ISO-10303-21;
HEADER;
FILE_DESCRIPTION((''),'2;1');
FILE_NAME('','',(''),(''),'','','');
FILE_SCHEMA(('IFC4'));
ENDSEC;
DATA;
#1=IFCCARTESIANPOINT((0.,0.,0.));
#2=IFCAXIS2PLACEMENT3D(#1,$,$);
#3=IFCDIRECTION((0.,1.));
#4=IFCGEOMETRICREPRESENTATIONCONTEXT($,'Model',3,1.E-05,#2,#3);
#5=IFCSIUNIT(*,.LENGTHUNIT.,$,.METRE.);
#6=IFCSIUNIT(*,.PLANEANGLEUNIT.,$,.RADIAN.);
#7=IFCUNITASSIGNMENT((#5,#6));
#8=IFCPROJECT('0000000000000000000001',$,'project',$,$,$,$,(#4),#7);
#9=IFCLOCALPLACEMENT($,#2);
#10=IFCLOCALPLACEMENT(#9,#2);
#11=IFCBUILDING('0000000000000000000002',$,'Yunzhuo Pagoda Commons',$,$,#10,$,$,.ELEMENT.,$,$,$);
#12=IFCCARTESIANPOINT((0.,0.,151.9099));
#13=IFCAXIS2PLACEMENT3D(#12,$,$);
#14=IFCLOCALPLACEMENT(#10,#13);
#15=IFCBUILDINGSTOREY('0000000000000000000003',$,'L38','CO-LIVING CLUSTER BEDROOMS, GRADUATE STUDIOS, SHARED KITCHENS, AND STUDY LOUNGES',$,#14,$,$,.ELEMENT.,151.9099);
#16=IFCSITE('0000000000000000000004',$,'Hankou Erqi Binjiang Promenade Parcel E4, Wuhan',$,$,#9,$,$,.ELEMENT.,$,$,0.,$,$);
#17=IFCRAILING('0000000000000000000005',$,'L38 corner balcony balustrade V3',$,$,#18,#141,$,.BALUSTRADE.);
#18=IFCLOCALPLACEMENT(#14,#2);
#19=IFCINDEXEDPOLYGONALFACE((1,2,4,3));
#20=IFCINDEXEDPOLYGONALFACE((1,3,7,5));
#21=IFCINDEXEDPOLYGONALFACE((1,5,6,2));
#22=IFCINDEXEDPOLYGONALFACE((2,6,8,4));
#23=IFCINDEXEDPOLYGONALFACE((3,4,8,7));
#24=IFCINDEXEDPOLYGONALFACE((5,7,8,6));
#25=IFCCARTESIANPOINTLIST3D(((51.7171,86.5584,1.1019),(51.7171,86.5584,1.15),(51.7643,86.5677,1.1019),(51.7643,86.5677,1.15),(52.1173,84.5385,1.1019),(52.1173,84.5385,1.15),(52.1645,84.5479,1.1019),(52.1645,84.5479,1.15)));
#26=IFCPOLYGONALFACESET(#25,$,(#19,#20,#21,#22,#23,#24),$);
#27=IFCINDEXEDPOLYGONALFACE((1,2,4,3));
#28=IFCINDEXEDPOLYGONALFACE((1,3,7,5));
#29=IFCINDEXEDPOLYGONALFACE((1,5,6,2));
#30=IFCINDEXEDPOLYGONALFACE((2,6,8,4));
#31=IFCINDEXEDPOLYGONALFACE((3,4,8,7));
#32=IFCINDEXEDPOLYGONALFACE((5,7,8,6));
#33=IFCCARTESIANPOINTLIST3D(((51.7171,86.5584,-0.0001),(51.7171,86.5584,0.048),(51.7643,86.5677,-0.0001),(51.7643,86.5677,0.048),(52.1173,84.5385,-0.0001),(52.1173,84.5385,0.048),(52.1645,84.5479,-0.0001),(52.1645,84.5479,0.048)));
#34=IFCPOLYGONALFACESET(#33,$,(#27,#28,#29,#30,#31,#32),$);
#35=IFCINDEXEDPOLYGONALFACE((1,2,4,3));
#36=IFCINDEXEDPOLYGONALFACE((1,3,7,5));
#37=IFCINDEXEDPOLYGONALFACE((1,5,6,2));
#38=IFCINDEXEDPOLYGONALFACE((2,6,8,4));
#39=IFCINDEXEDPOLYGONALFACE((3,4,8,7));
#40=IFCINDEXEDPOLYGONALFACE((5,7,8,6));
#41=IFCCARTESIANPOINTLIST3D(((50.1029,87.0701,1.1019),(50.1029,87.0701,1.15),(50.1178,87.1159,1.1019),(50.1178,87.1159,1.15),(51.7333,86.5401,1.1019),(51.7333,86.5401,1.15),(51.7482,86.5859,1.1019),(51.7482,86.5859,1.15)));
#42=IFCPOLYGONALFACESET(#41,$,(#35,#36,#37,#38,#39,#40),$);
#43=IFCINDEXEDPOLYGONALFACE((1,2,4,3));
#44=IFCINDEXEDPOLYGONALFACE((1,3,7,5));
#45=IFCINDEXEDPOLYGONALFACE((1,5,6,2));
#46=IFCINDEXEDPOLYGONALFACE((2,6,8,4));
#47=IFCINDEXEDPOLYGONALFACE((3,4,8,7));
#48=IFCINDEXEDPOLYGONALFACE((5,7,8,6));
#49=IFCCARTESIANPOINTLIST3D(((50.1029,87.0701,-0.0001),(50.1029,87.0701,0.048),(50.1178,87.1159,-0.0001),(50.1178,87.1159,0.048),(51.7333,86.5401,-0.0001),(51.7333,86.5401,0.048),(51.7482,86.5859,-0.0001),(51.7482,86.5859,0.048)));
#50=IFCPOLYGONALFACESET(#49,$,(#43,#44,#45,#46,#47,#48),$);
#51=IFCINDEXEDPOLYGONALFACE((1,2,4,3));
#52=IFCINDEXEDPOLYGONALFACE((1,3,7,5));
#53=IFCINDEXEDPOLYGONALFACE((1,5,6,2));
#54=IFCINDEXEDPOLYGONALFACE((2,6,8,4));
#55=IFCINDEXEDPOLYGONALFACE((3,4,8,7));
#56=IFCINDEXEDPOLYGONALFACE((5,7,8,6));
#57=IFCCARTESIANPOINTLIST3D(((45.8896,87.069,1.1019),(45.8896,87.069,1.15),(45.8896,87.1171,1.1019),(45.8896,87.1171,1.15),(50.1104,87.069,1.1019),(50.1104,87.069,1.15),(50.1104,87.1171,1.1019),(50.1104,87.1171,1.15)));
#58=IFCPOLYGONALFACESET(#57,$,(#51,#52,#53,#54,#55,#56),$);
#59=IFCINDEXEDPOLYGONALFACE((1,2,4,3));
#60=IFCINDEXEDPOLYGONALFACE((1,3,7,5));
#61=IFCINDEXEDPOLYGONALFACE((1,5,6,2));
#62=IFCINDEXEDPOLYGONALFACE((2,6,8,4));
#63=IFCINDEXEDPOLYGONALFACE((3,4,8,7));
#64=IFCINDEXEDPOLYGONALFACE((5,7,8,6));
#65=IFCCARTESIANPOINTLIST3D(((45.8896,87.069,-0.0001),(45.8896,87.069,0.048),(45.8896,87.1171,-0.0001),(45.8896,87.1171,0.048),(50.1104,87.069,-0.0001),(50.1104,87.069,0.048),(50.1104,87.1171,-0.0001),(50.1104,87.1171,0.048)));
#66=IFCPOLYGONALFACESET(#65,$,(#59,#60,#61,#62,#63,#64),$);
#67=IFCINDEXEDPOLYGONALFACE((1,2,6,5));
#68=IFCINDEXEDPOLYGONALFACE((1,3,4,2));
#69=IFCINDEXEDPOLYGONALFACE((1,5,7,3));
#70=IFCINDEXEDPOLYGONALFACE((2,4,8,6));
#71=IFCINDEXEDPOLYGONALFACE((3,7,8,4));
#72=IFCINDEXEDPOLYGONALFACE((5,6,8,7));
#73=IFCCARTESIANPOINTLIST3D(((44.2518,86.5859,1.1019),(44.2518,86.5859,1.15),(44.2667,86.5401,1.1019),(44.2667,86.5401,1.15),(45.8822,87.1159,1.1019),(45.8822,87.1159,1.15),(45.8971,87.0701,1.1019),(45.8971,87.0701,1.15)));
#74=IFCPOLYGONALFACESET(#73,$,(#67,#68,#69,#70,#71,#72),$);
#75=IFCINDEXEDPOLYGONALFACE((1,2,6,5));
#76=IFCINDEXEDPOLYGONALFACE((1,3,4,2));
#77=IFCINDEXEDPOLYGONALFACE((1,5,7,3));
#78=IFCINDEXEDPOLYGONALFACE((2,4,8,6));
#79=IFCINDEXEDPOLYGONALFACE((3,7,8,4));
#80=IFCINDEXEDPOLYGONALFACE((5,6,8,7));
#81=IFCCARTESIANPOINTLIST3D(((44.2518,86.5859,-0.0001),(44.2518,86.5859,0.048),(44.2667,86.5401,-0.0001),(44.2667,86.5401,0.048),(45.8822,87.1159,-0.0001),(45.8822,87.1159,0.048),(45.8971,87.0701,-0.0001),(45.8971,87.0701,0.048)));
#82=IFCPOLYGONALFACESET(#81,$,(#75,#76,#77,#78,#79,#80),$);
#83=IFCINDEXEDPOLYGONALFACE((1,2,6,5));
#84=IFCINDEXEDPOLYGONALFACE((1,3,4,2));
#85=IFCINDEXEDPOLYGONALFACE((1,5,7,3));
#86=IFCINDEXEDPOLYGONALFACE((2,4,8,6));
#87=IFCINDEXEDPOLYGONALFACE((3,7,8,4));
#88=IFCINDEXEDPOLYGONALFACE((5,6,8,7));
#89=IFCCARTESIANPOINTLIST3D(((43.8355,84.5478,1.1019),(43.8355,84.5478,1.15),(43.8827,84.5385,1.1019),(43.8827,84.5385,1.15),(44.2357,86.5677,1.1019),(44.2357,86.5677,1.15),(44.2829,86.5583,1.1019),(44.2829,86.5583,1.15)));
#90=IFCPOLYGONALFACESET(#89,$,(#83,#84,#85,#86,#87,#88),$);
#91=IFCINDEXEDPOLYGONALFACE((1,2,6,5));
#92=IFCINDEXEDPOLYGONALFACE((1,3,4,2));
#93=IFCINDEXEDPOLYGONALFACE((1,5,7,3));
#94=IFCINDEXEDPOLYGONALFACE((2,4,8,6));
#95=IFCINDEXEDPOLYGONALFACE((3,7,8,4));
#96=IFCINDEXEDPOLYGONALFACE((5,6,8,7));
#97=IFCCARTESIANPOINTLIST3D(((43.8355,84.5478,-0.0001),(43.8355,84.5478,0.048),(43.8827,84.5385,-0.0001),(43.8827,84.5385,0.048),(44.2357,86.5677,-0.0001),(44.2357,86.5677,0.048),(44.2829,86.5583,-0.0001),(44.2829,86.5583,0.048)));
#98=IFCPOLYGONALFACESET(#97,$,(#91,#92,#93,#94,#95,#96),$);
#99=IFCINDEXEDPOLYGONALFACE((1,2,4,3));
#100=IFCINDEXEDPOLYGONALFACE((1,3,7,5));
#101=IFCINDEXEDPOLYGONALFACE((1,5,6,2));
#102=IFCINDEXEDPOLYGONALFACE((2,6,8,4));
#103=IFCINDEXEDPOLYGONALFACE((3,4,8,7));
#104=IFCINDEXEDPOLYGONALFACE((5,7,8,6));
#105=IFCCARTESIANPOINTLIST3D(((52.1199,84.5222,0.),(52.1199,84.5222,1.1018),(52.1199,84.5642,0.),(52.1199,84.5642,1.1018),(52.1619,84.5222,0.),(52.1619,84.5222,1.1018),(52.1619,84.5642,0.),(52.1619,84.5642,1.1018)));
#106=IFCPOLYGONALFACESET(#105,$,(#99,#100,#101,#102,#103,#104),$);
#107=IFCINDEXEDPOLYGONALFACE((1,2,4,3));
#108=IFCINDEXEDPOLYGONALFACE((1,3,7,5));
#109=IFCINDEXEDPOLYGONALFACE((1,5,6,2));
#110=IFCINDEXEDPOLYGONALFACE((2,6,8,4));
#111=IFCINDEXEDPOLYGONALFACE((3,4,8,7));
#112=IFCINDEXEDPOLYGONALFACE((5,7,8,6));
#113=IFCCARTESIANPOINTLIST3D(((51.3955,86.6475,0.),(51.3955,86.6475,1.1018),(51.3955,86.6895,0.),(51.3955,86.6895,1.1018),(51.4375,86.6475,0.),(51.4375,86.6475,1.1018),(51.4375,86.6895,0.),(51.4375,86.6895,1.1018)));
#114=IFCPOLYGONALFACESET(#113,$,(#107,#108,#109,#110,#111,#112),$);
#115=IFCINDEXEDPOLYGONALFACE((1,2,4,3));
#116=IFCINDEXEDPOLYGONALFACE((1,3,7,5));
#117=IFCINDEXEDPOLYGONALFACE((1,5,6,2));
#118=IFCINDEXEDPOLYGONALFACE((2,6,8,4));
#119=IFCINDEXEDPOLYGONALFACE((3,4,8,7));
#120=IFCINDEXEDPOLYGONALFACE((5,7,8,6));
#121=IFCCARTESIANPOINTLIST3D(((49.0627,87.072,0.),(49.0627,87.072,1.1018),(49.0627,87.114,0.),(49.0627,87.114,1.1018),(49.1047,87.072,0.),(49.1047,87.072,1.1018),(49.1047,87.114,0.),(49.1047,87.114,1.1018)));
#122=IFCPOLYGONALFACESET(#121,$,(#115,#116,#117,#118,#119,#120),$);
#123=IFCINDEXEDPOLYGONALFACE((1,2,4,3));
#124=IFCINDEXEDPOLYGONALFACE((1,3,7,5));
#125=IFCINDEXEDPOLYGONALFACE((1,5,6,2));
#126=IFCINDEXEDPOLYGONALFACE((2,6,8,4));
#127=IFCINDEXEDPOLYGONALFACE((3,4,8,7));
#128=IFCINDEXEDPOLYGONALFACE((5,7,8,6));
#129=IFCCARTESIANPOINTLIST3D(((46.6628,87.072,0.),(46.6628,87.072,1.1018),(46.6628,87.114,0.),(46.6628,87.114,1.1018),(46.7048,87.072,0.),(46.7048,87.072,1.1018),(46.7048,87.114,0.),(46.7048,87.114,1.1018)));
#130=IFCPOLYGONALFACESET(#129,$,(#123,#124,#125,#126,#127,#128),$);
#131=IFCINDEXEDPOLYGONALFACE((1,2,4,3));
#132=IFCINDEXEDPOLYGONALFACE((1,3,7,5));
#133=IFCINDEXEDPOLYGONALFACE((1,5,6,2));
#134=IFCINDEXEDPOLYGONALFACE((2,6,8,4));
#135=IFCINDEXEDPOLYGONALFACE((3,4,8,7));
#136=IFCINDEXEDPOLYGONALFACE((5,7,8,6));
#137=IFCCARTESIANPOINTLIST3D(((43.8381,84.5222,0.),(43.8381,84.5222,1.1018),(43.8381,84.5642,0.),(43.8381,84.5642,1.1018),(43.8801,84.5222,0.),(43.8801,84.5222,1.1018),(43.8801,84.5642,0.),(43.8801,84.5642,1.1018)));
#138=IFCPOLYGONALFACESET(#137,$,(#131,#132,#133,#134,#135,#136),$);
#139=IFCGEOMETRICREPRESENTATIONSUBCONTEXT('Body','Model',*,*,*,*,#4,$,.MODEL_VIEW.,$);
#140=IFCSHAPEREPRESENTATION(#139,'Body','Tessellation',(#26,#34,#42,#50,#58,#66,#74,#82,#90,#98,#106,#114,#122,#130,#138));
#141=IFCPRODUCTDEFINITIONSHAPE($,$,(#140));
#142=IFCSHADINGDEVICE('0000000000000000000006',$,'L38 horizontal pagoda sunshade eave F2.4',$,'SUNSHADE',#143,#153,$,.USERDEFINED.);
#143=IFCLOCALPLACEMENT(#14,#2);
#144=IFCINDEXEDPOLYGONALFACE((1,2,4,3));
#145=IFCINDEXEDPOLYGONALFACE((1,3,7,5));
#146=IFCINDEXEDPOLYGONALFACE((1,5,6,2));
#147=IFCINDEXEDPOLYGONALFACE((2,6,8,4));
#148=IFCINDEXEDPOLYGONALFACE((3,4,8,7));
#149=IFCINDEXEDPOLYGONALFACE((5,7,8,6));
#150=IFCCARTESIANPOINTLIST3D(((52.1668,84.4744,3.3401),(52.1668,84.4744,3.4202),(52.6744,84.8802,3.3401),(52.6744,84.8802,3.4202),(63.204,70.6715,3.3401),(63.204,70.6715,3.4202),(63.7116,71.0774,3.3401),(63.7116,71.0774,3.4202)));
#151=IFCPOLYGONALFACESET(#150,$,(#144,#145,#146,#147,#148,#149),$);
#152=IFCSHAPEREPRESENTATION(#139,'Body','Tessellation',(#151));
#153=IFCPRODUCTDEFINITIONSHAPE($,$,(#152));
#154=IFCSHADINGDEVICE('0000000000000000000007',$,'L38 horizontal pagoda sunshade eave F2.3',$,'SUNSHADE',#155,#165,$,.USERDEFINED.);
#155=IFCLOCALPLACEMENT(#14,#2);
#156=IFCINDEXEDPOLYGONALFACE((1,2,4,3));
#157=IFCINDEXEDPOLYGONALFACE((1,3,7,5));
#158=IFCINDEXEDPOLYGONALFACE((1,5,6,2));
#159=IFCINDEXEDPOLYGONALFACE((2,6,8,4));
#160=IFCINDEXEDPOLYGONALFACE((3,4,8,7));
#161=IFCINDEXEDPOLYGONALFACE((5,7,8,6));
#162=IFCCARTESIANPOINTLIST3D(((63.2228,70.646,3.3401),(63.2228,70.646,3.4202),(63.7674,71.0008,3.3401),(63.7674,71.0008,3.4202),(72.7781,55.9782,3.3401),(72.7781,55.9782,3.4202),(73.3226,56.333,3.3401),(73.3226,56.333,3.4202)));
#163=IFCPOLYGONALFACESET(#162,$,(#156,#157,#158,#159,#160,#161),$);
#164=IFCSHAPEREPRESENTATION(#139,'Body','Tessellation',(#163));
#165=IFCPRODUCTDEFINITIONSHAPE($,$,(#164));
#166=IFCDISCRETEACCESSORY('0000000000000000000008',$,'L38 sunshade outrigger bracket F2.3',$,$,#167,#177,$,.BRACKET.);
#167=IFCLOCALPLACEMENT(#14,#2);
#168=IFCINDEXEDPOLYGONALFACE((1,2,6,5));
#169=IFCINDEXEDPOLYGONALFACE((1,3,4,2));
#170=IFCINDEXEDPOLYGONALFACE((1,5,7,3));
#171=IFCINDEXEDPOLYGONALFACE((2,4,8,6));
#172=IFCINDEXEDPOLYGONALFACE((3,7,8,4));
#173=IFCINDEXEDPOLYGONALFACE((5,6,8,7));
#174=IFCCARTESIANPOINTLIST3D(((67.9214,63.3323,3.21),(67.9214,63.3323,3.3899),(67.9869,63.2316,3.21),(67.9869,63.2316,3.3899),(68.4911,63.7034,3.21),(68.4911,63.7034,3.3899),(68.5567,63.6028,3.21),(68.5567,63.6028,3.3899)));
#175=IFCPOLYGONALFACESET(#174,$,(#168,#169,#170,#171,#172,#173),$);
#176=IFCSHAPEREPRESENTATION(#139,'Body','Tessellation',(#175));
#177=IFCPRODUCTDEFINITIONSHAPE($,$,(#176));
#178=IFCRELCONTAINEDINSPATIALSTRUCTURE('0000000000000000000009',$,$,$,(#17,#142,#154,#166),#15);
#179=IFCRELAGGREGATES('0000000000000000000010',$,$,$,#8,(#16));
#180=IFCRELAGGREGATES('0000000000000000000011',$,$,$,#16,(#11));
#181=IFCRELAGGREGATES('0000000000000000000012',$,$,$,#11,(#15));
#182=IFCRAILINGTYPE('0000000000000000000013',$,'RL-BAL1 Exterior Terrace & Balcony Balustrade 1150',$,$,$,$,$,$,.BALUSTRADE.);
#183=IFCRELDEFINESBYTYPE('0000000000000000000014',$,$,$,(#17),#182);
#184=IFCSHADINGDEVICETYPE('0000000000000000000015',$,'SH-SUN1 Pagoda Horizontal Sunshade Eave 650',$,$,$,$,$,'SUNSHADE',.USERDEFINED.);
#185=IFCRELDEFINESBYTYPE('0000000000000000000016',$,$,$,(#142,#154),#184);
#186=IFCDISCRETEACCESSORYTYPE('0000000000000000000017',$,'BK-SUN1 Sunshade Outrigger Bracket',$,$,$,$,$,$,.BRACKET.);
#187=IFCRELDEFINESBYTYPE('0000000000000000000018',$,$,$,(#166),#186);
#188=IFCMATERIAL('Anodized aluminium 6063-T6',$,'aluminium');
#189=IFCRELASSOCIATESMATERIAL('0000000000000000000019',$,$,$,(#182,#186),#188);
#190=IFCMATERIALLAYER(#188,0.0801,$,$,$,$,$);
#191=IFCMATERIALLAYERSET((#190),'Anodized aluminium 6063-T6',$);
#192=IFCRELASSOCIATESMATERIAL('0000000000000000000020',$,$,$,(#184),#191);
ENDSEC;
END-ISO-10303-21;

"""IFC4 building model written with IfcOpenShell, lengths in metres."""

from ifc_helpers import new_model, si_unit, direction, frame, origin, origin_2d, place, context, subcontext, project, spatial, rectangle, extrude, source, transform, mapped, material, layer, layer_set, type_object, element, save


model = new_model("IFC4")

# Units and contexts
model_context = context("Model", 3, precision=1e-05, world=origin(), true_north=direction((0.0, 1.0)))
body_context = subcontext(model_context, "Body", "Model", "MODEL_VIEW")
ifc_project = project(units=[si_unit("LENGTHUNIT", "METRE"), si_unit("PLANEANGLEUNIT", "RADIAN")], contexts=[model_context])

# Site, building, storey
site_placement = place(None, origin())
site = spatial("IfcSite", under=ifc_project, at=site_placement, Name="Hankou Erqi Binjiang Promenade Parcel E4, Wuhan", CompositionType="ELEMENT", RefElevation=0.0)
building_placement = place(site_placement, origin())
building = spatial("IfcBuilding", under=site, at=building_placement, Name="Yunzhuo Pagoda Commons", CompositionType="ELEMENT")
storey_placement = place(building_placement, frame((0.0, 0.0, 151.9099)))
storey = spatial("IfcBuildingStorey", under=building, at=storey_placement, Name="L38", Description="CO-LIVING CLUSTER BEDROOMS, GRADUATE STUDIOS, SHARED KITCHENS, AND STUDY LOUNGES", CompositionType="ELEMENT", Elevation=151.9099)

# Shared definitions
ifc_material_1 = material(Name="Anodized aluminium 6063-T6", Category="aluminium")

# Railing
railing_type_1 = type_object("IfcRailingType", Name="RL-BAL1 Exterior Terrace & Balcony Balustrade 1150", PredefinedType="BALUSTRADE", material=ifc_material_1)
railing_1_placement = place(storey_placement, frame((52.1409, 84.5432, 0.0)))
element("IfcRailing", 1, at=railing_1_placement, inside=storey, type_object=railing_type_1, Name="L38 corner balcony balustrade V3", PredefinedType="BALUSTRADE", context=body_context, shape_type="SweptSolid", body=[
    extrude(rectangle(XDim=0.0481, YDim=0.0481, at=origin_2d()), frame((0.0, 0.0, 1.126), z_axis=(-0.194337, 0.980935, 0.0), x_axis=(-0.980935, -0.194337, 0.0)), (0.0, 0.0, 1.0), 2.0591),
    extrude(rectangle(XDim=0.0481, YDim=0.0481, at=origin_2d()), frame((0.0, 0.0, 0.0239), z_axis=(-0.194337, 0.980935, 0.0), x_axis=(-0.980935, -0.194337, 0.0)), (0.0, 0.0, 1.0), 2.0591),
    extrude(rectangle(XDim=0.0481, YDim=0.0481, at=origin_2d()), frame((-0.4001, 2.0198, 1.126), z_axis=(-0.951007, 0.30917, 0.0), x_axis=(-0.30917, -0.951007, 0.0)), (0.0, 0.0, 1.0), 1.7144),
    extrude(rectangle(XDim=0.0481, YDim=0.0481, at=origin_2d()), frame((-0.4001, 2.0198, 0.0239), z_axis=(-0.951007, 0.30917, 0.0), x_axis=(-0.30917, -0.951007, 0.0)), (0.0, 0.0, 1.0), 1.7144),
    extrude(rectangle(XDim=0.0481, YDim=0.0481, at=origin_2d()), frame((-2.0305, 2.5498, 1.126), z_axis=(-1.0, 0.0, 0.0), x_axis=(0.0, -1.0, 0.0)), (0.0, 0.0, 1.0), 4.2207),
    extrude(rectangle(XDim=0.0481, YDim=0.0481, at=origin_2d()), frame((-2.0305, 2.5498, 0.0239), z_axis=(-1.0, 0.0, 0.0), x_axis=(0.0, -1.0, 0.0)), (0.0, 0.0, 1.0), 4.2207),
    extrude(rectangle(XDim=0.0481, YDim=0.0481, at=origin_2d()), frame((-6.2512, 2.5498, 1.126), z_axis=(-0.951007, -0.30917, 0.0), x_axis=(0.30917, -0.951007, 0.0)), (0.0, 0.0, 1.0), 1.7144),
    extrude(rectangle(XDim=0.0481, YDim=0.0481, at=origin_2d()), frame((-6.2512, 2.5498, 0.0239), z_axis=(-0.951007, -0.30917, 0.0), x_axis=(0.30917, -0.951007, 0.0)), (0.0, 0.0, 1.0), 1.7144),
    extrude(rectangle(XDim=0.0481, YDim=0.0481, at=origin_2d()), frame((-7.8816, 2.0198, 1.126), z_axis=(-0.194337, -0.980935, 0.0), x_axis=(0.980935, -0.194337, 0.0)), (0.0, 0.0, 1.0), 2.0591),
    extrude(rectangle(XDim=0.0481, YDim=0.0481, at=origin_2d()), frame((-7.8816, 2.0198, 0.0239), z_axis=(-0.194337, -0.980935, 0.0), x_axis=(0.980935, -0.194337, 0.0)), (0.0, 0.0, 1.0), 2.0591),
    extrude(rectangle(XDim=0.042, YDim=0.042, at=origin_2d()), origin(), (0.0, 0.0, 1.0), 1.1018),
    extrude(rectangle(XDim=0.042, YDim=0.042, at=origin_2d()), frame((-0.7244, 2.1252, 0.0)), (0.0, 0.0, 1.0), 1.1018),
    extrude(rectangle(XDim=0.042, YDim=0.042, at=origin_2d()), frame((-3.0571, 2.5498, 0.0)), (0.0, 0.0, 1.0), 1.1018),
    extrude(rectangle(XDim=0.042, YDim=0.042, at=origin_2d()), frame((-5.457, 2.5498, 0.0)), (0.0, 0.0, 1.0), 1.1018),
    extrude(rectangle(XDim=0.042, YDim=0.042, at=origin_2d()), frame((-8.2817, 0.0, 0.0)), (0.0, 0.0, 1.0), 1.1018),
])

# Shading devices
ifc_layer_1 = layer(ifc_material_1, 0.0801)
ifc_layer_set_1 = layer_set([ifc_layer_1], Name="Anodized aluminium 6063-T6")
shading_device_type = type_object("IfcShadingDeviceType", Name="SH-SUN1 Pagoda Horizontal Sunshade Eave 650", ElementType="SUNSHADE", PredefinedType="USERDEFINED", material=ifc_layer_set_1)
shared_shape_1 = source(origin(), body_context, "Body", "SweptSolid", [
    extrude(rectangle(XDim=17.6731, YDim=0.6499, at=origin_2d()), origin(), (0.0, 0.0, 1.0), 0.0801),
])
shading_device_1_placement = place(storey_placement, frame((57.9392, 77.7759, 3.3401), z_axis=(0.0, 0.0, 1.0), x_axis=(-0.62452, 0.781008, 0.0)))
element("IfcShadingDevice", 2, at=shading_device_1_placement, inside=storey, type_object=shading_device_type, Name="L38 horizontal pagoda sunshade eave F2.4", ObjectType="SUNSHADE", PredefinedType="USERDEFINED", context=body_context, shape_type="MappedRepresentation", body=[
    mapped(shared_shape_1, transform((0.0, 0.0, 0.0), scale=1.0)),
])
shared_shape_2 = source(origin(), body_context, "Body", "SweptSolid", [
    extrude(rectangle(XDim=17.5056, YDim=0.6499, at=origin_2d()), origin(), (0.0, 0.0, 1.0), 0.0801),
])
shading_device_2_placement = place(storey_placement, frame((68.2727, 63.4895, 3.3401), z_axis=(0.0, 0.0, 1.0), x_axis=(-0.545839, 0.83789, 0.0)))
element("IfcShadingDevice", 3, at=shading_device_2_placement, inside=storey, type_object=shading_device_type, Name="L38 horizontal pagoda sunshade eave F2.3", ObjectType="SUNSHADE", PredefinedType="USERDEFINED", context=body_context, shape_type="MappedRepresentation", body=[
    mapped(shared_shape_2, transform((0.0, 0.0, 0.0), scale=1.0)),
])

# Discrete accessory
discrete_accessory_type = type_object("IfcDiscreteAccessoryType", Name="BK-SUN1 Sunshade Outrigger Bracket", PredefinedType="BRACKET", material=ifc_material_1)
shared_shape_3 = source(origin(), body_context, "Body", "SweptSolid", [
    extrude(rectangle(XDim=0.1201, YDim=0.6799, at=origin_2d()), origin(), (0.0, 0.0, 1.0), 0.1799),
])
discrete_accessory_placement = place(storey_placement, frame((68.239, 63.4675, 3.21), z_axis=(0.0, 0.0, 1.0), x_axis=(-0.545839, 0.83789, 0.0)))
element("IfcDiscreteAccessory", 4, at=discrete_accessory_placement, inside=storey, type_object=discrete_accessory_type, Name="L38 sunshade outrigger bracket F2.3", PredefinedType="BRACKET", context=body_context, shape_type="MappedRepresentation", body=[
    mapped(shared_shape_3, transform((0.0, 0.0, 0.0), scale=1.0)),
])

save(model, "model.ifc")
